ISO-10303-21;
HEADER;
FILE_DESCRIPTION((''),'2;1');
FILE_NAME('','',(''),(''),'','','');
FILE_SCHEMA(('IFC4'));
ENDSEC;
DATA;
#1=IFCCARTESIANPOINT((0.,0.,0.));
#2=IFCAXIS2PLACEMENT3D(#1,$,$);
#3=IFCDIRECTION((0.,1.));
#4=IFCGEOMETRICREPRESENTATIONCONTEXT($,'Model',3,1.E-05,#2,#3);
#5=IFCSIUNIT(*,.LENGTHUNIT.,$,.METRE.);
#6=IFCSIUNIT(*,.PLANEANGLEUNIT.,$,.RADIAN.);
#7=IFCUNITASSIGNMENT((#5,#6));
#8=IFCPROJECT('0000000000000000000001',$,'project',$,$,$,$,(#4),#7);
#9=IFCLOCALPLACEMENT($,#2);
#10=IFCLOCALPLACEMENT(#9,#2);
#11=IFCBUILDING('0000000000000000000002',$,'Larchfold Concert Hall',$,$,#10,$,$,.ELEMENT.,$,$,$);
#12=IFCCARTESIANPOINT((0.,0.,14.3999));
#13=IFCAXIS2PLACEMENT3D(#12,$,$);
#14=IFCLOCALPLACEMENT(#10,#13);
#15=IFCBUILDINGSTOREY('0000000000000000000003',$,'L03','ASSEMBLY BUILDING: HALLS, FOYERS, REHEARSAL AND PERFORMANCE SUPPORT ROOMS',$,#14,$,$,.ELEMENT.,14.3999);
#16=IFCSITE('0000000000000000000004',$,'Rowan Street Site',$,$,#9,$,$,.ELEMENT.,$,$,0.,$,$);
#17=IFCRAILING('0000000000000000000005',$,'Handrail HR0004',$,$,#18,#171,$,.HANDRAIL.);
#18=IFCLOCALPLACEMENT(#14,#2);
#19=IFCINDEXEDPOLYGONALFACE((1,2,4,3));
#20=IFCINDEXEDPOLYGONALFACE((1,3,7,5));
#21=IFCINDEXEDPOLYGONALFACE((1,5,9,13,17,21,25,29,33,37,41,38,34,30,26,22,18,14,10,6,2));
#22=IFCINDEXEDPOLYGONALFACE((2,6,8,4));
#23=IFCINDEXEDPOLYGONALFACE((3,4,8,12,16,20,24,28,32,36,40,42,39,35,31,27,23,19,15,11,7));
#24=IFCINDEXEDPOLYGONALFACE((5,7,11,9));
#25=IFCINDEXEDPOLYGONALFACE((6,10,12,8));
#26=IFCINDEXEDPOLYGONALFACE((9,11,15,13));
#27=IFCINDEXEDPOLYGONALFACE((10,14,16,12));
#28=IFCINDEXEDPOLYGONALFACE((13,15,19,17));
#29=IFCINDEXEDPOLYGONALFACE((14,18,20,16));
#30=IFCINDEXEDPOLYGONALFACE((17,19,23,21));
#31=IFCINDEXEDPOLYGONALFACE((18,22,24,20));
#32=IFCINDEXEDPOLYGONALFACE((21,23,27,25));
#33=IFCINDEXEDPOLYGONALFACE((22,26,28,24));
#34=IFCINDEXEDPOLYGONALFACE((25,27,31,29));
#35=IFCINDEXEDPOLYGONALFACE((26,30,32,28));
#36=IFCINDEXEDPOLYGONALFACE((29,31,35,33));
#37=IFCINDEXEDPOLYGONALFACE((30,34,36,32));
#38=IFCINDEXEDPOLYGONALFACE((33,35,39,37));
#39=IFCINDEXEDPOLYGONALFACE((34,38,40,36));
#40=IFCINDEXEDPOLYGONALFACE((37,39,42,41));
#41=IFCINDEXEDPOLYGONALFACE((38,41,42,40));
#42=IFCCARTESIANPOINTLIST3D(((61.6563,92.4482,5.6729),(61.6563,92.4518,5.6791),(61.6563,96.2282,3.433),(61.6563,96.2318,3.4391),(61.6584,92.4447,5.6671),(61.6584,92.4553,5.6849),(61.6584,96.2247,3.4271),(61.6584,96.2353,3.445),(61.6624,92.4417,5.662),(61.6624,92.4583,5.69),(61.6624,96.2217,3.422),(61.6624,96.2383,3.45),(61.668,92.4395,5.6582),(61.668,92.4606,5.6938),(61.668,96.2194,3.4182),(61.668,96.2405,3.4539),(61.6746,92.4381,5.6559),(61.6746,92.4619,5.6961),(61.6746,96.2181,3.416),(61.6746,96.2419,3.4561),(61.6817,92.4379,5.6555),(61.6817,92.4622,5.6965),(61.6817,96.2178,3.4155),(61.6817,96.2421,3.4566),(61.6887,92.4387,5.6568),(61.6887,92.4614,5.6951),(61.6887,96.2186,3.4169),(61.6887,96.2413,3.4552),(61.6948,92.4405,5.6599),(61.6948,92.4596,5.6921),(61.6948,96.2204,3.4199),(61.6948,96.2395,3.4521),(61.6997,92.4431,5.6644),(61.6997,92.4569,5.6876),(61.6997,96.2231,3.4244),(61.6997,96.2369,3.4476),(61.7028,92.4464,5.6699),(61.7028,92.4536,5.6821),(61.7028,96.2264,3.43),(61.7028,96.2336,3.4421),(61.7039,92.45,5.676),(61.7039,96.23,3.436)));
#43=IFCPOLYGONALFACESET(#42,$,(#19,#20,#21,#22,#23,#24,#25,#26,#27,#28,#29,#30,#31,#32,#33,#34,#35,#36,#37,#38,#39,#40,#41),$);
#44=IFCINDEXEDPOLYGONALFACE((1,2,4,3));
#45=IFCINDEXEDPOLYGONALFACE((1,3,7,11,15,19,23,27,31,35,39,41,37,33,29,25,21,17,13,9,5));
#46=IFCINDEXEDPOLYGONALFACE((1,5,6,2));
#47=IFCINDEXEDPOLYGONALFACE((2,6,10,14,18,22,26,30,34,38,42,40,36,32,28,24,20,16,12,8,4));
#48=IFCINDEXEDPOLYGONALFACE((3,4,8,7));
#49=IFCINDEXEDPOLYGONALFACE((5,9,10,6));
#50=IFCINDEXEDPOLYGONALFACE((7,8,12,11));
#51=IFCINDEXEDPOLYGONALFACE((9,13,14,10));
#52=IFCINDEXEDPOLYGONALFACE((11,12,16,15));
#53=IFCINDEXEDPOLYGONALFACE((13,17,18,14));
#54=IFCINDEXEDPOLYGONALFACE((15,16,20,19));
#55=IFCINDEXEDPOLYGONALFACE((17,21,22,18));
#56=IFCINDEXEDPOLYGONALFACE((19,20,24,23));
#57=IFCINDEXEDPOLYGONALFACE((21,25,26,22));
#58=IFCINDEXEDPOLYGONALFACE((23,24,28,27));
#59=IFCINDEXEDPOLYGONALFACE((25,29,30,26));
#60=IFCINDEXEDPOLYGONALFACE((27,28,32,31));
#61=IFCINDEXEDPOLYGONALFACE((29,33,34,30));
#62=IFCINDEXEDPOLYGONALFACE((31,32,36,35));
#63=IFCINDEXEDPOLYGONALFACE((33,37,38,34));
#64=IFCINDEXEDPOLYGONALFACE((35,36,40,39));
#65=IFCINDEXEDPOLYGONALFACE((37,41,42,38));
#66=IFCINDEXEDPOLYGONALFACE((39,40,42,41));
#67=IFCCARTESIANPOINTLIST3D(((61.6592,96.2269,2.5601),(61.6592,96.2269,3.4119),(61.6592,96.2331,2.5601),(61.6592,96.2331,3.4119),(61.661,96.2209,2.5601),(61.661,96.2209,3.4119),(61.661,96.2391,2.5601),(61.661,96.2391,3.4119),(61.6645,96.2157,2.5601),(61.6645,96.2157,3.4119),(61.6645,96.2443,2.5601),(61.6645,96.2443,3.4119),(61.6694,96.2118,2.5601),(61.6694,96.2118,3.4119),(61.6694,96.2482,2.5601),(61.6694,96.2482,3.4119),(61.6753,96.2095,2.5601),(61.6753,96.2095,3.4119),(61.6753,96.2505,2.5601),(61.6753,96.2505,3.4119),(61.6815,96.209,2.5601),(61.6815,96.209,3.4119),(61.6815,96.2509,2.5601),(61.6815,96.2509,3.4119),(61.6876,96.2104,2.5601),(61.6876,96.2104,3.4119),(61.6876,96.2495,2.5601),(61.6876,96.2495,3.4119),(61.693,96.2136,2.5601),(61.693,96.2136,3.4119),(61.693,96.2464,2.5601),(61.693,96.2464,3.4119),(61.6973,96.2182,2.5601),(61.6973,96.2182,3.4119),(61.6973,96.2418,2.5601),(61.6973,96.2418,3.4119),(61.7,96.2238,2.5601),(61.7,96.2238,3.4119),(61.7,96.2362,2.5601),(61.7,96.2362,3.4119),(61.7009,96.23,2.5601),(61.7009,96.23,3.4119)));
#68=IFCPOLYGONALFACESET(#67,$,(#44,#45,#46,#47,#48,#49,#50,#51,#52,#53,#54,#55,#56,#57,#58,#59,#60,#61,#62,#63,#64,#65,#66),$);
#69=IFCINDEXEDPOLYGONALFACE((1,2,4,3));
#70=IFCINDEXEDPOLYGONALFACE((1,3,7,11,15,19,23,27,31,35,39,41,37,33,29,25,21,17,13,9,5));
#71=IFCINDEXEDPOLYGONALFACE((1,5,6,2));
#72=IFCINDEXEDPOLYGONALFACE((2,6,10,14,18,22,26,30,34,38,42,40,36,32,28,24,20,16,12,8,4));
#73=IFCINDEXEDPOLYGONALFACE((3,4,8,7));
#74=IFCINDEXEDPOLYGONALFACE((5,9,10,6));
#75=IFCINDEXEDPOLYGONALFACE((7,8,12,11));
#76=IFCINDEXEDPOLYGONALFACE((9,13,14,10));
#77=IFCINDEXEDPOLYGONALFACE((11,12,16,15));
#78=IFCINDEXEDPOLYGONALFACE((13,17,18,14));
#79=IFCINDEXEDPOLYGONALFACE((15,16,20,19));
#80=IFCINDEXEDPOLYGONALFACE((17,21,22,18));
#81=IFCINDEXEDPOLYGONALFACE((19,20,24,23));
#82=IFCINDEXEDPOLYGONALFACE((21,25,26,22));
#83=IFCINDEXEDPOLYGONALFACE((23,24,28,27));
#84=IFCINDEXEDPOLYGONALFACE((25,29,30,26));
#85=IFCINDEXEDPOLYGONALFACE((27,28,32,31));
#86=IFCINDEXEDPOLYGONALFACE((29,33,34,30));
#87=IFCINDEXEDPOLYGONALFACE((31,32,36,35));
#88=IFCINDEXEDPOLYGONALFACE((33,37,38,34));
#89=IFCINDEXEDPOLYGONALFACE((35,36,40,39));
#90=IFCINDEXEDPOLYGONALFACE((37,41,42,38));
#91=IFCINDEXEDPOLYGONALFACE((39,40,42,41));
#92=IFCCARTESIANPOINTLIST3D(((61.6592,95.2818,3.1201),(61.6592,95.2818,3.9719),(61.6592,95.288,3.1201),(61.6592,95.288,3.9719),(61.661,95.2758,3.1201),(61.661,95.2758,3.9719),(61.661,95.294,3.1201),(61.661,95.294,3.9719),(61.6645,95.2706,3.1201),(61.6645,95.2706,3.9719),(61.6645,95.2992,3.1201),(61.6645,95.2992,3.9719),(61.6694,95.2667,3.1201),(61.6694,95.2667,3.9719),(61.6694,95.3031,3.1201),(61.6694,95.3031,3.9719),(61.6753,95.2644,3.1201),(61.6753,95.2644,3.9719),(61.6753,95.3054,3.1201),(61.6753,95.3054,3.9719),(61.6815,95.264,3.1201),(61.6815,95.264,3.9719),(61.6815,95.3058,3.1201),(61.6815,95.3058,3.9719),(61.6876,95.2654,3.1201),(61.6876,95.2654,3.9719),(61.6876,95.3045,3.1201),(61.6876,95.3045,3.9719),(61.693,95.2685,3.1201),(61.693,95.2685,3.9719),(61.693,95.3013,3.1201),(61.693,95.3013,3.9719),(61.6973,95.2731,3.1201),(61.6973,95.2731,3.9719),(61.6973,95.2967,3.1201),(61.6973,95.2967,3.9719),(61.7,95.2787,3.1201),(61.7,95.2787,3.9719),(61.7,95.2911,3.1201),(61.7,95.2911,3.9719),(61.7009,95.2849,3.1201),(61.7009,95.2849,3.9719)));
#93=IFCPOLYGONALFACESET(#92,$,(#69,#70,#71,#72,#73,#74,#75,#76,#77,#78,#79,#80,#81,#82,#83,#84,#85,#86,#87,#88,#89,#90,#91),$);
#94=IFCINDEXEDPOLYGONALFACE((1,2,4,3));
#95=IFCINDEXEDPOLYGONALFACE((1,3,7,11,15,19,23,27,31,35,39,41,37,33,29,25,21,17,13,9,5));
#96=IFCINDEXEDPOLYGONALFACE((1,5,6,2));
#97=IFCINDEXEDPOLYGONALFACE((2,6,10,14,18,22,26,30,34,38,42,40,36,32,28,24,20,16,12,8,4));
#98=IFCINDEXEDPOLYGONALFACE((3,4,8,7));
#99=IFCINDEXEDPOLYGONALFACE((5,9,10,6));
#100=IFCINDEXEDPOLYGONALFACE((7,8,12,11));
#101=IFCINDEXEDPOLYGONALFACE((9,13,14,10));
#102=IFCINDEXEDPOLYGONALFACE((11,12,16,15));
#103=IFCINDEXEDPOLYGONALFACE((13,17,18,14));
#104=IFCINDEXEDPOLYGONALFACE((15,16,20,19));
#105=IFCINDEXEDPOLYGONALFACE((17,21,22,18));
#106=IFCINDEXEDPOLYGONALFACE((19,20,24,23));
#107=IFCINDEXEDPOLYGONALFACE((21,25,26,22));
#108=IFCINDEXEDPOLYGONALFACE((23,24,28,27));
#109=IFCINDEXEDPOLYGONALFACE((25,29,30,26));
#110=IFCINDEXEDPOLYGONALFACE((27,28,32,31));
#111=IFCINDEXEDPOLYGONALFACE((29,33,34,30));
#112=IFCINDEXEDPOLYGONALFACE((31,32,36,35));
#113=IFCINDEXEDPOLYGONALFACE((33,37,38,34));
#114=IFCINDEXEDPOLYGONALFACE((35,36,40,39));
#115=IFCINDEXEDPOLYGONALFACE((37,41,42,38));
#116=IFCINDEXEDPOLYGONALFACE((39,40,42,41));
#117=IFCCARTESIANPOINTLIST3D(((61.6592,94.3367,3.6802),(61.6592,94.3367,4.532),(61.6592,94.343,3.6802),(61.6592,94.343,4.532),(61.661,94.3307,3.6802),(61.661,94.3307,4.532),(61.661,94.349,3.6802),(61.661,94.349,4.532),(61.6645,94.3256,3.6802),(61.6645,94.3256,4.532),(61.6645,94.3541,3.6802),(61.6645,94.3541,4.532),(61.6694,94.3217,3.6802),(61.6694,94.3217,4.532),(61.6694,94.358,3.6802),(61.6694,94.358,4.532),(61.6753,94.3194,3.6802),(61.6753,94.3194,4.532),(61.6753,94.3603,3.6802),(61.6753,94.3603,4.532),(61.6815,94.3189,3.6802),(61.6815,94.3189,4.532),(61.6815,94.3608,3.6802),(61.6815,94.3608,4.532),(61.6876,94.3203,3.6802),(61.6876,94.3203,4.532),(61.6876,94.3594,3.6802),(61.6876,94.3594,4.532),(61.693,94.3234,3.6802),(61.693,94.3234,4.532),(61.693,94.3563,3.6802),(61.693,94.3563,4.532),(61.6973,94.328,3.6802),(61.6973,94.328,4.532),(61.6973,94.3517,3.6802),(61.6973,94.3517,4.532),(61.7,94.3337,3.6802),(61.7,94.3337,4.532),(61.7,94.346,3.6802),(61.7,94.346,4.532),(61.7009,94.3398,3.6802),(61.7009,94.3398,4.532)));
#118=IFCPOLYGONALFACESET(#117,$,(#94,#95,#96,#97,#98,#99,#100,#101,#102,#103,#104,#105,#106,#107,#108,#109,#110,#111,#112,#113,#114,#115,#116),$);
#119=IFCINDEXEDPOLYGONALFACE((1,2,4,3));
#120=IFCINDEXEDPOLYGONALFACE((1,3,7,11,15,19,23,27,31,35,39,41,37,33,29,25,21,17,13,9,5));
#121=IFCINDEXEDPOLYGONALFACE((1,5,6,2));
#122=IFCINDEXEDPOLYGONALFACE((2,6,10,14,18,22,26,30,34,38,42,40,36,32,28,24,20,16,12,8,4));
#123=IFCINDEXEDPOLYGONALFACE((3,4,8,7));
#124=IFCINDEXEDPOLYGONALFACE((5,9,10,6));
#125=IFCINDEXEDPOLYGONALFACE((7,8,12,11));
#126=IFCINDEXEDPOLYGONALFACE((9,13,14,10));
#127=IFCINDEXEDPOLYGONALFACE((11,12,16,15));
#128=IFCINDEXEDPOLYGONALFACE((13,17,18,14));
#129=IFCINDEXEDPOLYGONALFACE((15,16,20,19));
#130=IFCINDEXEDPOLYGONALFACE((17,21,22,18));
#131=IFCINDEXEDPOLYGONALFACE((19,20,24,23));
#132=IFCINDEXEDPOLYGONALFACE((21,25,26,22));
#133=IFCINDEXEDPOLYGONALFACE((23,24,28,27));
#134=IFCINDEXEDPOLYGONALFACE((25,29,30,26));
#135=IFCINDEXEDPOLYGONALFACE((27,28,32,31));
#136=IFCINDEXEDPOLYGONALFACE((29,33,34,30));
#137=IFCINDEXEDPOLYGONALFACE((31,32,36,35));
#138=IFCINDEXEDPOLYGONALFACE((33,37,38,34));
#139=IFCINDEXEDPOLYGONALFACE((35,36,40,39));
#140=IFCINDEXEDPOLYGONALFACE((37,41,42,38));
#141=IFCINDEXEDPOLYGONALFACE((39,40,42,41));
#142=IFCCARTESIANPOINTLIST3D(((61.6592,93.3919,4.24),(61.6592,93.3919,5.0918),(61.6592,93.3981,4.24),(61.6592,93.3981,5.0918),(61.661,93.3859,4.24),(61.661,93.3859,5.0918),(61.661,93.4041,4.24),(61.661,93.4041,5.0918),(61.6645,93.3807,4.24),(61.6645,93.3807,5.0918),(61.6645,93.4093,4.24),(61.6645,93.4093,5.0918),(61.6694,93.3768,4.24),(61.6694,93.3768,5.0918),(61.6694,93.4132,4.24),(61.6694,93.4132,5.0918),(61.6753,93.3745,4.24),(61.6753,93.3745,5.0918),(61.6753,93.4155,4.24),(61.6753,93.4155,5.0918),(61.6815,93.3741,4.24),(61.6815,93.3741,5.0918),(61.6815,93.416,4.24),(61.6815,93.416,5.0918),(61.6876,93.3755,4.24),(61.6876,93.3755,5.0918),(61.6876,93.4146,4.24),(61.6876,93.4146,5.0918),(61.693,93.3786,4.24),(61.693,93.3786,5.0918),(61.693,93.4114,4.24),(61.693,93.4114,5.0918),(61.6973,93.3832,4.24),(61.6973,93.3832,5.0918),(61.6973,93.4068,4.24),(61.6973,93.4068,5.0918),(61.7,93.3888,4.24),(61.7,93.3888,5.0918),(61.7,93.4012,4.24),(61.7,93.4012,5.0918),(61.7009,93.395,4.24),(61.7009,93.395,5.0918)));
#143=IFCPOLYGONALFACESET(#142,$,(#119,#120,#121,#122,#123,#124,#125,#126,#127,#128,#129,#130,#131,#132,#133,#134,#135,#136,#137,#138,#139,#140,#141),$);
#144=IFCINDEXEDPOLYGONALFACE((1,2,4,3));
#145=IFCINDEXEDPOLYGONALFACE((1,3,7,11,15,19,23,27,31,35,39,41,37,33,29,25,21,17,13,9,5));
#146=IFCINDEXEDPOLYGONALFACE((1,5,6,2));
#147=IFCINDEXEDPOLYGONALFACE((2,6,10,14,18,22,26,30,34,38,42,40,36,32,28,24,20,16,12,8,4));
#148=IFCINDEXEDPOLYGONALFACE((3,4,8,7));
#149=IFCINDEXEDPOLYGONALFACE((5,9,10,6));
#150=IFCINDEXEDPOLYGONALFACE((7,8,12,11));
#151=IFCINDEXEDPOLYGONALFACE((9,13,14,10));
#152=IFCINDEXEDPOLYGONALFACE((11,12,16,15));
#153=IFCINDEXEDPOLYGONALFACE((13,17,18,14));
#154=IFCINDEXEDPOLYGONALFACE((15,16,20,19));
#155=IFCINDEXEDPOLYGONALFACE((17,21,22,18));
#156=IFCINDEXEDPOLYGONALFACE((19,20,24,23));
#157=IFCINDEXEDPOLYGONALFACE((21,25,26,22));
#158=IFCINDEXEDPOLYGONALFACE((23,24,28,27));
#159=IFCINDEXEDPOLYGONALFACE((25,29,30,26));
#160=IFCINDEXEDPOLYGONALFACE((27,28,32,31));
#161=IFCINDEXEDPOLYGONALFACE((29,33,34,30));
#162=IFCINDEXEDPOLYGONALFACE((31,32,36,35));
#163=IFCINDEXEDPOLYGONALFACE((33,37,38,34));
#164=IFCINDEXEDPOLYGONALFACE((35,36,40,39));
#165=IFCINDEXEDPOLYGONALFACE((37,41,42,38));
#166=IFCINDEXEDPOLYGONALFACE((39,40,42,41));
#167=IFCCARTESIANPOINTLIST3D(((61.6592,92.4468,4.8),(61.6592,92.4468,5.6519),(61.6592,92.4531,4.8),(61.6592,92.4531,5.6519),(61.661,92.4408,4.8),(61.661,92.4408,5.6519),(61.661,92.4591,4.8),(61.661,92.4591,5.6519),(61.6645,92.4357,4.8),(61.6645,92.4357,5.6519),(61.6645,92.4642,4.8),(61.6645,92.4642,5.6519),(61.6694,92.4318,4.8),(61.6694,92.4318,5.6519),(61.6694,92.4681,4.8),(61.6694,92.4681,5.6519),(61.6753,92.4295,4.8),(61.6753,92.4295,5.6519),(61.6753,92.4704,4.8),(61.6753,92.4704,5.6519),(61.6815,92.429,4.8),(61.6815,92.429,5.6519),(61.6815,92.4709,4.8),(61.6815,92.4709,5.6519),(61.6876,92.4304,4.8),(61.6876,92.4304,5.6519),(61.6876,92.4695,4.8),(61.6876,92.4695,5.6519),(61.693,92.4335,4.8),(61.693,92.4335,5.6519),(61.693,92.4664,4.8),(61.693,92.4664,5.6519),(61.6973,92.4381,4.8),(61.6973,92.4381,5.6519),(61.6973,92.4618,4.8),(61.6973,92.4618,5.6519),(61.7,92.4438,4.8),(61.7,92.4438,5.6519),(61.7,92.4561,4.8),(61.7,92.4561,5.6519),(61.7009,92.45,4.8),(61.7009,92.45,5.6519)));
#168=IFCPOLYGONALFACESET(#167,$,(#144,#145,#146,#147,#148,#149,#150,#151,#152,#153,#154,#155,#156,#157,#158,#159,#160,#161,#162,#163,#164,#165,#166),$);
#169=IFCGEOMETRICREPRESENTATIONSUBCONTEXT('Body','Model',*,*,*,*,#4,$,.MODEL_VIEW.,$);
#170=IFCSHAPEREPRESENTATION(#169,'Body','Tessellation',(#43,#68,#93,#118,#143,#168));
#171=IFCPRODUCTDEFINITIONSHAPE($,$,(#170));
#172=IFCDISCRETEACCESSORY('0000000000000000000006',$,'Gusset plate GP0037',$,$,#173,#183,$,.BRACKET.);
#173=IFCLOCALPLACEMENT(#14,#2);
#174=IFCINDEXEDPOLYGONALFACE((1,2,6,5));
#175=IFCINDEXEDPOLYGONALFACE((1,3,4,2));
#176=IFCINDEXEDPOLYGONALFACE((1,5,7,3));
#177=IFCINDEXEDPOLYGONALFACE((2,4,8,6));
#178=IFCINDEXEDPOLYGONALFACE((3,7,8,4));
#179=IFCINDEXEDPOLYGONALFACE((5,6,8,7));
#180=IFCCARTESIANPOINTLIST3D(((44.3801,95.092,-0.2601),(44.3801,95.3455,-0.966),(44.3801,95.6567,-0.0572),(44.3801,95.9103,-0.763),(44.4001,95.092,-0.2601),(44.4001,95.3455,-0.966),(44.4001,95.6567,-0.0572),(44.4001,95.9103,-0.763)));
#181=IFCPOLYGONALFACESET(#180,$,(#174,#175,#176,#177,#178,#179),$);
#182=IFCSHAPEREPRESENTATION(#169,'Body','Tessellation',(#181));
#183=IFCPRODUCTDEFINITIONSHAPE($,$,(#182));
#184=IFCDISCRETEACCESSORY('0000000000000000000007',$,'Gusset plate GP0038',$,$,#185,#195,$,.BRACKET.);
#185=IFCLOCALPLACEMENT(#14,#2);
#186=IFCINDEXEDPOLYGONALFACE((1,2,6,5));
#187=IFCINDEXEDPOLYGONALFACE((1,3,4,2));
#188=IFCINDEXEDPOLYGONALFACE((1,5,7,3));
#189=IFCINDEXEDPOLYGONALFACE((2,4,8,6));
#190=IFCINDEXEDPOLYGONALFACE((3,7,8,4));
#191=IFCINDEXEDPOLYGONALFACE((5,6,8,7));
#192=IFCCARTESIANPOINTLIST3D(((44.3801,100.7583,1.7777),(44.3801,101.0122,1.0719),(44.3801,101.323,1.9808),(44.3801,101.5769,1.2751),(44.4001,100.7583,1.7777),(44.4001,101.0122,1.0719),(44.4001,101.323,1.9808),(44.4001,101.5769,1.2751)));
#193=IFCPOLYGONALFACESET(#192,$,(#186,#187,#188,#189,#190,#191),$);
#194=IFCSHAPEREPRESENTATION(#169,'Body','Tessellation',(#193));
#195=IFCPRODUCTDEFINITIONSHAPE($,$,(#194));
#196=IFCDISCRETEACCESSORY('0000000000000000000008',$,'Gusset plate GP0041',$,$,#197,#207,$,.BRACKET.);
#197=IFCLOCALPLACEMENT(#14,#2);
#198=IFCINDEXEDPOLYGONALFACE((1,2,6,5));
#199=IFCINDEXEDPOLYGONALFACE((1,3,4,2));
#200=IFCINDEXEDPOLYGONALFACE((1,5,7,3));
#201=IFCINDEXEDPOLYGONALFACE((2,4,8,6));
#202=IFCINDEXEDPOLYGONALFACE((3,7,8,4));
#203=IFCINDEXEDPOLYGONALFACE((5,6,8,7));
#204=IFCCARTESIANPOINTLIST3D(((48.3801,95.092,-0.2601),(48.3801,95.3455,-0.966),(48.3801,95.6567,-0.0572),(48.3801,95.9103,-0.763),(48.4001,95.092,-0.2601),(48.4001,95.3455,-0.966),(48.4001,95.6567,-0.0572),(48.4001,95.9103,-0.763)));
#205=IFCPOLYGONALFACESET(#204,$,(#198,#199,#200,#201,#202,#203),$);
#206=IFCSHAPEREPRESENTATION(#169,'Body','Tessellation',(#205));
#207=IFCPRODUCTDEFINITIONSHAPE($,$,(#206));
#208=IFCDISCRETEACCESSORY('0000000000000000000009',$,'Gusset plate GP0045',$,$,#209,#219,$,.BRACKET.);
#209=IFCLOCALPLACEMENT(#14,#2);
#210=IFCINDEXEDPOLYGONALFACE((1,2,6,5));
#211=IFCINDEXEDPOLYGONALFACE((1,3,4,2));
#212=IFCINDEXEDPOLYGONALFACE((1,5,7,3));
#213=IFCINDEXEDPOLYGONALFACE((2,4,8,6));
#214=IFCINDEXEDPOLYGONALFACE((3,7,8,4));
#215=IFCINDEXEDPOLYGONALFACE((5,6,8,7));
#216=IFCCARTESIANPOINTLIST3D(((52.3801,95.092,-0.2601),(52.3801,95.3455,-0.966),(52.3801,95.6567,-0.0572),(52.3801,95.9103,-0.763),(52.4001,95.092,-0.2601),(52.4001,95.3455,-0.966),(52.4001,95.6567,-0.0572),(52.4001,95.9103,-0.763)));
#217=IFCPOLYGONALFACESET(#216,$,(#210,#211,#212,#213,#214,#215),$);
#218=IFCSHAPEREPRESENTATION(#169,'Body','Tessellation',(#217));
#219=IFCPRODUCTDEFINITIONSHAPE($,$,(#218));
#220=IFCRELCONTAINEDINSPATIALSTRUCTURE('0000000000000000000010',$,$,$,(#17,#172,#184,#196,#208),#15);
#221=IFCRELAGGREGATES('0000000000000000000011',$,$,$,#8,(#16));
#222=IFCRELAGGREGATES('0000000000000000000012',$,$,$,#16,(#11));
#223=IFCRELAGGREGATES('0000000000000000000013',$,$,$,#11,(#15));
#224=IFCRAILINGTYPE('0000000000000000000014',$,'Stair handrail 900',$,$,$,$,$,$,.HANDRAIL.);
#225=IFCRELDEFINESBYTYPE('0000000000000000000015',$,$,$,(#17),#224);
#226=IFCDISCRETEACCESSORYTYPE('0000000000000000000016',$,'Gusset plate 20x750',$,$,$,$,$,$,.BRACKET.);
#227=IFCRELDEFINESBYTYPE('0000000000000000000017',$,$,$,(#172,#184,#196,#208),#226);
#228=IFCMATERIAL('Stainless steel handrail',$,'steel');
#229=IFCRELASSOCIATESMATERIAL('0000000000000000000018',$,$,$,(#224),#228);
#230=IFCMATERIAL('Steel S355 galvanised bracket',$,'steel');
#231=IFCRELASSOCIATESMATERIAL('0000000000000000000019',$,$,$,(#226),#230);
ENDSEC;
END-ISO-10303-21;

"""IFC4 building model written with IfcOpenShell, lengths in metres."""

from ifc_helpers import new_model, si_unit, direction, frame, origin, origin_2d, place, context, subcontext, project, spatial, rectangle, circle, extrude, material, material_profile, profile_set, type_object, element, save


model = new_model("IFC4")

# Units and contexts
model_context = context("Model", 3, precision=1e-05, world=origin(), true_north=direction((0.0, 1.0)))
body_context = subcontext(model_context, "Body", "Model", "MODEL_VIEW")
ifc_project = project(units=[si_unit("LENGTHUNIT", "METRE"), si_unit("PLANEANGLEUNIT", "RADIAN")], contexts=[model_context])

# Site, building, storey
site_placement = place(None, origin())
site = spatial("IfcSite", under=ifc_project, at=site_placement, Name="Rowan Street Site", CompositionType="ELEMENT", RefElevation=0.0)
building_placement = place(site_placement, origin())
building = spatial("IfcBuilding", under=site, at=building_placement, Name="Larchfold Concert Hall", CompositionType="ELEMENT")
storey_placement = place(building_placement, frame((0.0, 0.0, 14.3999)))
storey = spatial("IfcBuildingStorey", under=building, at=storey_placement, Name="L03", Description="ASSEMBLY BUILDING: HALLS, FOYERS, REHEARSAL AND PERFORMANCE SUPPORT ROOMS", CompositionType="ELEMENT", Elevation=14.3999)

# Railing
ifc_material_1 = material(Name="Stainless steel handrail", Category="steel")
railing_type_1 = type_object("IfcRailingType", Name="Stair handrail 900", PredefinedType="HANDRAIL", material=ifc_material_1)
railing_1_placement = place(storey_placement, frame((61.6799, 96.23, 2.5601)))
element("IfcRailing", 1, at=railing_1_placement, inside=storey, type_object=railing_type_1, Name="Handrail HR0004", PredefinedType="HANDRAIL", context=body_context, shape_type="SweptSolid", body=[
    extrude(circle(Radius=0.0239, at=origin_2d()), frame((0.0, 0.0, 0.876), z_axis=(0.0, -0.860294, 0.509798), x_axis=(1.0, 0.0, 0.0)), (0.0, 0.0, 1.0), 4.3938),
    extrude(circle(Radius=0.021, at=origin_2d()), origin(), (0.0, 0.0, 1.0), 0.8518),
    extrude(circle(Radius=0.021, at=origin_2d()), frame((0.0, -0.9451, 0.5601)), (0.0, 0.0, 1.0), 0.8518),
    extrude(circle(Radius=0.021, at=origin_2d()), frame((0.0, -1.8901, 1.1201)), (0.0, 0.0, 1.0), 0.8518),
    extrude(circle(Radius=0.021, at=origin_2d()), frame((0.0, -2.835, 1.6799)), (0.0, 0.0, 1.0), 0.8518),
    extrude(circle(Radius=0.021, at=origin_2d()), frame((0.0, -3.78, 2.24)), (0.0, 0.0, 1.0), 0.8518),
])

# Discrete accessories
ifc_material_2 = material(Name="Steel S355 galvanised bracket", Category="steel")
ifc_material_profile_1 = material_profile(ifc_material_2, rectangle(XDim=0.02, YDim=0.75, at=origin_2d()))
ifc_profile_set_1 = profile_set([ifc_material_profile_1], Name="Steel S355 galvanised bracket")
discrete_accessory_type = type_object("IfcDiscreteAccessoryType", Name="Gusset plate 20x750", PredefinedType="BRACKET", material=ifc_profile_set_1)
for number, where, z_axis, x_axis, name in (
    (2, (44.3901, 95.2188, -0.613), (0.0, 0.941105, 0.338114), (-1.0, 0.0, 0.0), "Gusset plate GP0037"),
    (3, (44.3901, 100.8853, 1.4248), (0.0, 0.940976, 0.338475), (-1.0, 0.0, 0.0), "Gusset plate GP0038"),
    (4, (48.3901, 95.2188, -0.613), (0.0, 0.941105, 0.338114), (-1.0, 0.0, 0.0), "Gusset plate GP0041"),
    (5, (52.3901, 95.2188, -0.613), (0.0, 0.941105, 0.338114), (-1.0, 0.0, 0.0), "Gusset plate GP0045"),
):
    element("IfcDiscreteAccessory", number, at=place(storey_placement, frame(where, z_axis=z_axis, x_axis=x_axis)), inside=storey, type_object=discrete_accessory_type, Name=name, PredefinedType="BRACKET", context=body_context, shape_type="SweptSolid", body=[
        extrude(rectangle(XDim=0.02, YDim=0.75, at=origin_2d()), origin(), (0.0, 0.0, 1.0), 0.6001),
    ])

save(model, "model.ifc")
